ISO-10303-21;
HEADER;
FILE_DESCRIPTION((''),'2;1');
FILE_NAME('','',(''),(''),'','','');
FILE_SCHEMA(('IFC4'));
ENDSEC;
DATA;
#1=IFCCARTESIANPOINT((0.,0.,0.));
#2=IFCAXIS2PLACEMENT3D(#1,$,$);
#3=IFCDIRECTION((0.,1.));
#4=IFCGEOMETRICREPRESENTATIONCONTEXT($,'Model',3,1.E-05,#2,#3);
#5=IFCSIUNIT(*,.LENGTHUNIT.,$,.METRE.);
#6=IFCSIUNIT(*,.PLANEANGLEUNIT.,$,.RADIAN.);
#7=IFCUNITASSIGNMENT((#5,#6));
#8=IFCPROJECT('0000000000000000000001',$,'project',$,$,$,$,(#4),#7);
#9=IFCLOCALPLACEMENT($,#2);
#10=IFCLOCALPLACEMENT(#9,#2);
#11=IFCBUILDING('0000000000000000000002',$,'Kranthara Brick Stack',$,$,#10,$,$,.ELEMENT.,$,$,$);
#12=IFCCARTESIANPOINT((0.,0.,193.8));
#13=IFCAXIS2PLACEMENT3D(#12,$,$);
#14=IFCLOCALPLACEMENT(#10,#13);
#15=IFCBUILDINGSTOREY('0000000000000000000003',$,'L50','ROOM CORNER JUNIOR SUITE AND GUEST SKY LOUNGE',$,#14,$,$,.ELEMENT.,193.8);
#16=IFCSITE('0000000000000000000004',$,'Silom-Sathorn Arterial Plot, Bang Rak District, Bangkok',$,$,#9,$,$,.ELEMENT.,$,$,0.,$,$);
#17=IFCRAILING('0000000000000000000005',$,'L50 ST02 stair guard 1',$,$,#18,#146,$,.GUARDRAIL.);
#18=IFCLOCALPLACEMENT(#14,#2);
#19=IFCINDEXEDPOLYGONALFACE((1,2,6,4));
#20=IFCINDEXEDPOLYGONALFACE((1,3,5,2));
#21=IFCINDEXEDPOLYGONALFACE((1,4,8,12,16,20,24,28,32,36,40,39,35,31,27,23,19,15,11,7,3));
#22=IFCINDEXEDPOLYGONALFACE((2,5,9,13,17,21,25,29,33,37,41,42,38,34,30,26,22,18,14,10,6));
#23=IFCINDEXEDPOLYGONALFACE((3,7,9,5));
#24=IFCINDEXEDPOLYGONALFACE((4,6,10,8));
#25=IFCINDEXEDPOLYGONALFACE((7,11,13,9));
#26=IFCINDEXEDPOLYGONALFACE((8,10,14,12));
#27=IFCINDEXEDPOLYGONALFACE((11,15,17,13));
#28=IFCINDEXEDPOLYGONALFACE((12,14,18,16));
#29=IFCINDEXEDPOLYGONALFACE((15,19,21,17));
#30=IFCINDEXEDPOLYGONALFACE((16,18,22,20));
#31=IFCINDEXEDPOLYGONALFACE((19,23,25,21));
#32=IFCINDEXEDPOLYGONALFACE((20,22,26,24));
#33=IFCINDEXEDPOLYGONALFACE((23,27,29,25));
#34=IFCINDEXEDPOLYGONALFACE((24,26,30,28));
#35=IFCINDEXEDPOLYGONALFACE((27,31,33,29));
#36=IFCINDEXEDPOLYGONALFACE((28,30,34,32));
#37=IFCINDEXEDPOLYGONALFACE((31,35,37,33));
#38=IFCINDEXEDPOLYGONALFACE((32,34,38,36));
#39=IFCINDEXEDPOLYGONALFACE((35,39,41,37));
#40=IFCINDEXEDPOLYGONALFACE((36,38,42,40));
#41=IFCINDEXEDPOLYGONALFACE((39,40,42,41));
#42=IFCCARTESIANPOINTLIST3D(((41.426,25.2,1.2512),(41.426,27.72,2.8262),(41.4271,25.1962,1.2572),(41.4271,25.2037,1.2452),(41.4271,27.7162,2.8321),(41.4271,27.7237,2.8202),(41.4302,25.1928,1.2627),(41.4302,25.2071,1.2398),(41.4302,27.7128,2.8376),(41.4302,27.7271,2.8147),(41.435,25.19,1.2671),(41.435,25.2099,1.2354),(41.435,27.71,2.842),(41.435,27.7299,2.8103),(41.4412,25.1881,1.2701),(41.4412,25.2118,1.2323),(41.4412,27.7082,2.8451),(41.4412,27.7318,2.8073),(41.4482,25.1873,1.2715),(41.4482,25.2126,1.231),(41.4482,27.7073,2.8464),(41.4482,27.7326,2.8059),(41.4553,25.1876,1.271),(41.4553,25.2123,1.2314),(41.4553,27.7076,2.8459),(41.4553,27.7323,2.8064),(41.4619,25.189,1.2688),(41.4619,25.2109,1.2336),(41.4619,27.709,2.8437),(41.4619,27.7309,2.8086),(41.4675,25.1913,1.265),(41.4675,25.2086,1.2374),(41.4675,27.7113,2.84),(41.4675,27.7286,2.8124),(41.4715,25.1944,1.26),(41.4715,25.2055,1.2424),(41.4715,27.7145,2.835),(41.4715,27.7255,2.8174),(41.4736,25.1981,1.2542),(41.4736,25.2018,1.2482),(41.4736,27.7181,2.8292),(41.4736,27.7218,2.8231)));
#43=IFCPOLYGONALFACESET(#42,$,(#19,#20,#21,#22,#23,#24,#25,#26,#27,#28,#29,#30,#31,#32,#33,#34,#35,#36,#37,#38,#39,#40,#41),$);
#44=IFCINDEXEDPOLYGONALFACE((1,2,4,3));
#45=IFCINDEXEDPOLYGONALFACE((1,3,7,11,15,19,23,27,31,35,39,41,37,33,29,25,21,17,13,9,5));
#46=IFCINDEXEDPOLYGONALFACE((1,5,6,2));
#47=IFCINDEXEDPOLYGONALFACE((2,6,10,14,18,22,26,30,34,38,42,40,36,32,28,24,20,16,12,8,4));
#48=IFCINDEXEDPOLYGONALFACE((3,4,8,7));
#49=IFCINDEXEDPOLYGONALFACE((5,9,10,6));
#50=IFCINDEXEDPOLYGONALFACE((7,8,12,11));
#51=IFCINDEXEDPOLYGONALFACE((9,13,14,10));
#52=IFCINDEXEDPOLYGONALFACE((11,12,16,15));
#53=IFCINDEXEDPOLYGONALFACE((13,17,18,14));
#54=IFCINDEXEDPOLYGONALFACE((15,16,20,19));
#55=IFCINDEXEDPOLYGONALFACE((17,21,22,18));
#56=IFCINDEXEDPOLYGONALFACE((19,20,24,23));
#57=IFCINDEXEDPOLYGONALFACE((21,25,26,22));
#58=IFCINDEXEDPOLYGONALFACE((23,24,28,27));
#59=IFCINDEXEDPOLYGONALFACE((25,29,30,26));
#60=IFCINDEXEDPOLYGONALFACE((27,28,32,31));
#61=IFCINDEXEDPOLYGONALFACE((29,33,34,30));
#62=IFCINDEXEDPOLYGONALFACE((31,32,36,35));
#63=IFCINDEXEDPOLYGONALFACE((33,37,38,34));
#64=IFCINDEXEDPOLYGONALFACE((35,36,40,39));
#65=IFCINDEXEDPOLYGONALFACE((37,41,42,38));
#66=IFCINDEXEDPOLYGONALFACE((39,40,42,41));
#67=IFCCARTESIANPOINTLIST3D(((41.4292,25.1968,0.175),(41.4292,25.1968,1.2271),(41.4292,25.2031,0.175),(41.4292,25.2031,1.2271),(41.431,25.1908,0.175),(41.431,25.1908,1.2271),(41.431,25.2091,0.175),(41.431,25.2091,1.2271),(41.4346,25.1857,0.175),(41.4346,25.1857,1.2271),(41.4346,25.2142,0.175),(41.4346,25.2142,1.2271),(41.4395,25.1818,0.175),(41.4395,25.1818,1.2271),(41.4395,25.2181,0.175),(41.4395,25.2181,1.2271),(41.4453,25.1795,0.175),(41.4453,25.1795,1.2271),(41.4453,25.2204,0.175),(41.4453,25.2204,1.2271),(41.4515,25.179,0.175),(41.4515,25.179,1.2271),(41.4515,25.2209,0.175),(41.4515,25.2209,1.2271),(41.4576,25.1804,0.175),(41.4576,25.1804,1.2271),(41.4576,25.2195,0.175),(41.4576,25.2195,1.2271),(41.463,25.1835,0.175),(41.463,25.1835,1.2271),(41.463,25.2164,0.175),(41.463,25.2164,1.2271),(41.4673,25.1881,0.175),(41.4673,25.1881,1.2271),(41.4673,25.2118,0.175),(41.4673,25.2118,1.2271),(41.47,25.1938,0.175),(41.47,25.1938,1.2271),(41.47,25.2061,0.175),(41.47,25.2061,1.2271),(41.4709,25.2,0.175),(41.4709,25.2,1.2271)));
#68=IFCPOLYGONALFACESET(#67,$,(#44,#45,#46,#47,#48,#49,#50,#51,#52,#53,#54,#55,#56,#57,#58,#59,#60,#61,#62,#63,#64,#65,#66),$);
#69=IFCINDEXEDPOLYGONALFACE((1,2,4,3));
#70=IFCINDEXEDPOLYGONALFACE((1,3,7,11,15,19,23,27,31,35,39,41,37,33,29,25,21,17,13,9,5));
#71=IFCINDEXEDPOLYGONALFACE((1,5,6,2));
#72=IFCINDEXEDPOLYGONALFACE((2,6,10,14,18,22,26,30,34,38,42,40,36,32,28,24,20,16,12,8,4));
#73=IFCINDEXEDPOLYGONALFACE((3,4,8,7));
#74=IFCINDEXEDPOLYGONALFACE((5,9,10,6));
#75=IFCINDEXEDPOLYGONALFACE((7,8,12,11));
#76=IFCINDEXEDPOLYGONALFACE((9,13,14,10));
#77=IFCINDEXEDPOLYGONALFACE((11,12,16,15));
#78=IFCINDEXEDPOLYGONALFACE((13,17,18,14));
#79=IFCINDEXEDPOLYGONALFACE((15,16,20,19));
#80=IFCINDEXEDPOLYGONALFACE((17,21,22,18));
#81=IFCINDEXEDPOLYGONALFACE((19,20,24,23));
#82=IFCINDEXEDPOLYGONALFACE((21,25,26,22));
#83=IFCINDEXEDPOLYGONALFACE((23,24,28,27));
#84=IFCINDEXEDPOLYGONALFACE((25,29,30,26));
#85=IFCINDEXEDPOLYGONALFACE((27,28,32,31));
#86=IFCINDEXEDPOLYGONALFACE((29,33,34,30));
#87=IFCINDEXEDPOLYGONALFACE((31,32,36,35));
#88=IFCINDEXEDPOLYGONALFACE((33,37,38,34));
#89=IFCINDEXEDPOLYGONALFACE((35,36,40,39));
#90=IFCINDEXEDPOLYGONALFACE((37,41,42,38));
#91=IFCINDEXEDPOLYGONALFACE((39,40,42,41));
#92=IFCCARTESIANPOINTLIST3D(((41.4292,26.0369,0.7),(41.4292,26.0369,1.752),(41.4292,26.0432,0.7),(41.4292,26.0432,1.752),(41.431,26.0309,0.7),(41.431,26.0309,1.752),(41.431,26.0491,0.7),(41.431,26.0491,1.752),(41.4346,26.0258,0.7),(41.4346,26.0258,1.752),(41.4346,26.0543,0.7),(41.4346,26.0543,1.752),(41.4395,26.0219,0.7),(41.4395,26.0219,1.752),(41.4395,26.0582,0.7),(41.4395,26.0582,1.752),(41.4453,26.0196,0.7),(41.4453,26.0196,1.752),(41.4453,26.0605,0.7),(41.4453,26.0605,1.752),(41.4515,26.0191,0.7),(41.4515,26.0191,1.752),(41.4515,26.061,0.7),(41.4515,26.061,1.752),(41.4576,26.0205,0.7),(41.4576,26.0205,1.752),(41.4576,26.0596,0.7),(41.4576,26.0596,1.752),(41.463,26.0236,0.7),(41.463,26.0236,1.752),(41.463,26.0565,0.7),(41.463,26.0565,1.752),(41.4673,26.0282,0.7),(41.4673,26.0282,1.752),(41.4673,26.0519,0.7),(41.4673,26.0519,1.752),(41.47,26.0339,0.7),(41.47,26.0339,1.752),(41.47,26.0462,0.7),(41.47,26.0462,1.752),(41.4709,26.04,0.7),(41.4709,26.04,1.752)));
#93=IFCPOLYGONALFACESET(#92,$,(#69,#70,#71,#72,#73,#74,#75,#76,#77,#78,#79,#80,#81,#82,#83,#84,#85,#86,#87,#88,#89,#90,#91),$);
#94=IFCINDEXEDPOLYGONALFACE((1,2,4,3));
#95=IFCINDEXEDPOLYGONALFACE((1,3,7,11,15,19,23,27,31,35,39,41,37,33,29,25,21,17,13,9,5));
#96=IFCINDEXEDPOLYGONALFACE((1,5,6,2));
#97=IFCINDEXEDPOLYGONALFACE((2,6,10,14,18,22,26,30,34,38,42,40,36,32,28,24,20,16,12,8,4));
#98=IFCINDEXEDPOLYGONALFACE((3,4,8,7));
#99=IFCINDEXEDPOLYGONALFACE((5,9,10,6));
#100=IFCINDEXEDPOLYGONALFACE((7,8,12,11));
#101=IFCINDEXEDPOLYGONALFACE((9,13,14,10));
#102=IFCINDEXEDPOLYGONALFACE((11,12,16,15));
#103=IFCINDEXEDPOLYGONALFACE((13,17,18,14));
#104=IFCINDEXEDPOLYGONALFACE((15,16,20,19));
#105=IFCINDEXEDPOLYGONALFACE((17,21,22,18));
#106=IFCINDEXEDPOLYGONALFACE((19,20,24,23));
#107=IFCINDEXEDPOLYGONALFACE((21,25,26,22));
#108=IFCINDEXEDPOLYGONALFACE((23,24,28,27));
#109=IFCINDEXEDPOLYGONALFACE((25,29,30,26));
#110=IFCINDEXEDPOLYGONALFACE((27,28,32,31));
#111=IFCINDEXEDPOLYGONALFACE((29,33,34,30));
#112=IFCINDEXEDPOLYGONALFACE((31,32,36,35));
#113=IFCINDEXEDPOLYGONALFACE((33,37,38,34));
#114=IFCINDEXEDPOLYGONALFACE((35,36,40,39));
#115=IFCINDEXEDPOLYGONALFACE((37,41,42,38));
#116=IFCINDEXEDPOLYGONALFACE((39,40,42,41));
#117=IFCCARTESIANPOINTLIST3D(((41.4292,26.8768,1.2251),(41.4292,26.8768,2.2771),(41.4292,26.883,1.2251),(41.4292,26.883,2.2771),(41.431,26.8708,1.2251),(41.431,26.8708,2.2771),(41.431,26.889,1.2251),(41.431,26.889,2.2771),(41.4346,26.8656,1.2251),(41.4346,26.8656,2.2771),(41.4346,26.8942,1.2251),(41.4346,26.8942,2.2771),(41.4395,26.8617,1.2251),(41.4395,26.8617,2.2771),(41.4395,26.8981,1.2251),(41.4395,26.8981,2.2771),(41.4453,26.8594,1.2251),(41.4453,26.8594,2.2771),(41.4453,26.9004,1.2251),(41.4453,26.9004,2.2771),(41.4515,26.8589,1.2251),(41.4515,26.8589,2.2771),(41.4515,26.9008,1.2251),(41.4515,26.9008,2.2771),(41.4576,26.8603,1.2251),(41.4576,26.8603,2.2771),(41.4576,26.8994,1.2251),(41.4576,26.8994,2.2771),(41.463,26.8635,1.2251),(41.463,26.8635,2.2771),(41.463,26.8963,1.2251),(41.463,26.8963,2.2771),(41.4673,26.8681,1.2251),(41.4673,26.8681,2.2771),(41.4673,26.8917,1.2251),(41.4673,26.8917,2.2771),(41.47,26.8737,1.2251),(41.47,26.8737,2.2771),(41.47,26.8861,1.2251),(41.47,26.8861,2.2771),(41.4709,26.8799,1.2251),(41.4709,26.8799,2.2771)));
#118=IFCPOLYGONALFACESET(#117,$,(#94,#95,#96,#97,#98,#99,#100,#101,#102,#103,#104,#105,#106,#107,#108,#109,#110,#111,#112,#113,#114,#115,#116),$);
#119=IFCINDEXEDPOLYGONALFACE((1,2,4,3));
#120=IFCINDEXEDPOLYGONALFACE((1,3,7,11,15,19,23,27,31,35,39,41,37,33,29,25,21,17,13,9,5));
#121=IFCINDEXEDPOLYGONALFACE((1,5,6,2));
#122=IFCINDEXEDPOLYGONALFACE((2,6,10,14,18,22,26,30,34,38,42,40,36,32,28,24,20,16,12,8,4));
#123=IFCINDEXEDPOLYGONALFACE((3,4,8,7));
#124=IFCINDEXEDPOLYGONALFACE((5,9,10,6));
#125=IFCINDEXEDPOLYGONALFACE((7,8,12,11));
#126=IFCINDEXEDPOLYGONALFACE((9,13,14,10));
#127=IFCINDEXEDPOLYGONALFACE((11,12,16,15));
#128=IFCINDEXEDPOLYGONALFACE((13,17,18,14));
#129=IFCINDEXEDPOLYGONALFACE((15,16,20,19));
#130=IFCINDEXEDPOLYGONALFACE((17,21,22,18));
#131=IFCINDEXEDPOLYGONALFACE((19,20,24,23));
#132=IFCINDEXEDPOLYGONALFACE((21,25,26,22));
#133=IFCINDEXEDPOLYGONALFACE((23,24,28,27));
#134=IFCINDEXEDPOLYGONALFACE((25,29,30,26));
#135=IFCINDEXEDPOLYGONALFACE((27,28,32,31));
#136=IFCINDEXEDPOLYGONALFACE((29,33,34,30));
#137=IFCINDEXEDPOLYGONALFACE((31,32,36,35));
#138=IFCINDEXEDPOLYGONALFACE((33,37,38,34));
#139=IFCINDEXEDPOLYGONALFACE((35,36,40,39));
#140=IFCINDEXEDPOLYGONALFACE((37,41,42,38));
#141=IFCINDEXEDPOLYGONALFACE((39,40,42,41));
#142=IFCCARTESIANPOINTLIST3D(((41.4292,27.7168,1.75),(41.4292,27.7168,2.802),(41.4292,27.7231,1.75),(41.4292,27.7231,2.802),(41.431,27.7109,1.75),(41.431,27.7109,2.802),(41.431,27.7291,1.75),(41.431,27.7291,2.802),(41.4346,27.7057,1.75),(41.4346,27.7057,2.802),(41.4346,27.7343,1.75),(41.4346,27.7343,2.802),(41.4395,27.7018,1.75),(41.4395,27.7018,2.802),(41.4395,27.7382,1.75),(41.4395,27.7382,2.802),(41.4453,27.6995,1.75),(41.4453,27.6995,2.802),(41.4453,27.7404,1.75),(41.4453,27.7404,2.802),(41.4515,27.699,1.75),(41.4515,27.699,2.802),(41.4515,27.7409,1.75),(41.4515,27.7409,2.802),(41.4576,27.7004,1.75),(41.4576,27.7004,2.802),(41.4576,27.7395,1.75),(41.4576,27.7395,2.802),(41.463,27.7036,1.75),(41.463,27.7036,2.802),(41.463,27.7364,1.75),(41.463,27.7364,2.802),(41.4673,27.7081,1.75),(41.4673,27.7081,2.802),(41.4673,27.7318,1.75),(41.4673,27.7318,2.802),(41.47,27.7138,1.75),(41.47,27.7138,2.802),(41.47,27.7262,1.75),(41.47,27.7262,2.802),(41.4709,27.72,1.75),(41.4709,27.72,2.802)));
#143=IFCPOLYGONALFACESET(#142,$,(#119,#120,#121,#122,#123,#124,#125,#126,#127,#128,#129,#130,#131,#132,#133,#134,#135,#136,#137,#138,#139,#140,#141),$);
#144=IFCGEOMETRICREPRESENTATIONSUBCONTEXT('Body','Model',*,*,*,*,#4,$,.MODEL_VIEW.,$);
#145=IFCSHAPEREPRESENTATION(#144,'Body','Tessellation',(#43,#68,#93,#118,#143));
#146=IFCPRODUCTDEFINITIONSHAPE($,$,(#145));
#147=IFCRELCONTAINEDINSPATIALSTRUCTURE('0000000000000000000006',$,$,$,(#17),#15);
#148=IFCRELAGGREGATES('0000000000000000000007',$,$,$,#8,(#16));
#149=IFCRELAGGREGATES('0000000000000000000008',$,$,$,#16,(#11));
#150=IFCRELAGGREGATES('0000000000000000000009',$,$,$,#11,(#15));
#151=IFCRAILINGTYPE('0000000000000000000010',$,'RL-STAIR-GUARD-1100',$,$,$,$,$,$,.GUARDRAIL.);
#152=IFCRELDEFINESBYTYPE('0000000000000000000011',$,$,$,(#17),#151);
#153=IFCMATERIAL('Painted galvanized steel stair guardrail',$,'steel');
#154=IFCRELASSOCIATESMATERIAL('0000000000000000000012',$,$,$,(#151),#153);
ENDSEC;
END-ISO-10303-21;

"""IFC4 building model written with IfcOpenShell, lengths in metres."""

from ifc_helpers import new_model, si_unit, direction, frame, origin, origin_2d, place, context, subcontext, project, spatial, circle, extrude, material, type_object, element, save


model = new_model("IFC4")

# Units and contexts
model_context = context("Model", 3, precision=1e-05, world=origin(), true_north=direction((0.0, 1.0)))
body_context = subcontext(model_context, "Body", "Model", "MODEL_VIEW")
ifc_project = project(units=[si_unit("LENGTHUNIT", "METRE"), si_unit("PLANEANGLEUNIT", "RADIAN")], contexts=[model_context])

# Site, building, storey
site_placement = place(None, origin())
site = spatial("IfcSite", under=ifc_project, at=site_placement, Name="Silom-Sathorn Arterial Plot, Bang Rak District, Bangkok", CompositionType="ELEMENT", RefElevation=0.0)
building_placement = place(site_placement, origin())
building = spatial("IfcBuilding", under=site, at=building_placement, Name="Kranthara Brick Stack", CompositionType="ELEMENT")
storey_placement = place(building_placement, frame((0.0, 0.0, 193.8)))
storey = spatial("IfcBuildingStorey", under=building, at=storey_placement, Name="L50", Description="ROOM CORNER JUNIOR SUITE AND GUEST SKY LOUNGE", CompositionType="ELEMENT", Elevation=193.8)

# Railing
ifc_material_1 = material(Name="Painted galvanized steel stair guardrail", Category="steel")
railing_type_1 = type_object("IfcRailingType", Name="RL-STAIR-GUARD-1100", PredefinedType="GUARDRAIL", material=ifc_material_1)
railing_1_placement = place(storey_placement, frame((41.45, 25.2, 0.175)))
element("IfcRailing", 1, at=railing_1_placement, inside=storey, type_object=railing_type_1, Name="L50 ST02 stair guard 1", PredefinedType="GUARDRAIL", context=body_context, shape_type="SweptSolid", body=[
    extrude(circle(Radius=0.0239, at=origin_2d()), frame((0.0, 0.0, 1.0762), z_axis=(0.0, 0.848008, 0.529984), x_axis=(-1.0, 0.0, 0.0)), (0.0, 0.0, 1.0), 2.9717),
    extrude(circle(Radius=0.021, at=origin_2d()), origin(), (0.0, 0.0, 1.0), 1.052),
    extrude(circle(Radius=0.021, at=origin_2d()), frame((0.0, 0.8401, 0.5249)), (0.0, 0.0, 1.0), 1.052),
    extrude(circle(Radius=0.021, at=origin_2d()), frame((0.0, 1.6799, 1.05)), (0.0, 0.0, 1.0), 1.052),
    extrude(circle(Radius=0.021, at=origin_2d()), frame((0.0, 2.52, 1.575)), (0.0, 0.0, 1.0), 1.052),
])

save(model, "model.ifc")
